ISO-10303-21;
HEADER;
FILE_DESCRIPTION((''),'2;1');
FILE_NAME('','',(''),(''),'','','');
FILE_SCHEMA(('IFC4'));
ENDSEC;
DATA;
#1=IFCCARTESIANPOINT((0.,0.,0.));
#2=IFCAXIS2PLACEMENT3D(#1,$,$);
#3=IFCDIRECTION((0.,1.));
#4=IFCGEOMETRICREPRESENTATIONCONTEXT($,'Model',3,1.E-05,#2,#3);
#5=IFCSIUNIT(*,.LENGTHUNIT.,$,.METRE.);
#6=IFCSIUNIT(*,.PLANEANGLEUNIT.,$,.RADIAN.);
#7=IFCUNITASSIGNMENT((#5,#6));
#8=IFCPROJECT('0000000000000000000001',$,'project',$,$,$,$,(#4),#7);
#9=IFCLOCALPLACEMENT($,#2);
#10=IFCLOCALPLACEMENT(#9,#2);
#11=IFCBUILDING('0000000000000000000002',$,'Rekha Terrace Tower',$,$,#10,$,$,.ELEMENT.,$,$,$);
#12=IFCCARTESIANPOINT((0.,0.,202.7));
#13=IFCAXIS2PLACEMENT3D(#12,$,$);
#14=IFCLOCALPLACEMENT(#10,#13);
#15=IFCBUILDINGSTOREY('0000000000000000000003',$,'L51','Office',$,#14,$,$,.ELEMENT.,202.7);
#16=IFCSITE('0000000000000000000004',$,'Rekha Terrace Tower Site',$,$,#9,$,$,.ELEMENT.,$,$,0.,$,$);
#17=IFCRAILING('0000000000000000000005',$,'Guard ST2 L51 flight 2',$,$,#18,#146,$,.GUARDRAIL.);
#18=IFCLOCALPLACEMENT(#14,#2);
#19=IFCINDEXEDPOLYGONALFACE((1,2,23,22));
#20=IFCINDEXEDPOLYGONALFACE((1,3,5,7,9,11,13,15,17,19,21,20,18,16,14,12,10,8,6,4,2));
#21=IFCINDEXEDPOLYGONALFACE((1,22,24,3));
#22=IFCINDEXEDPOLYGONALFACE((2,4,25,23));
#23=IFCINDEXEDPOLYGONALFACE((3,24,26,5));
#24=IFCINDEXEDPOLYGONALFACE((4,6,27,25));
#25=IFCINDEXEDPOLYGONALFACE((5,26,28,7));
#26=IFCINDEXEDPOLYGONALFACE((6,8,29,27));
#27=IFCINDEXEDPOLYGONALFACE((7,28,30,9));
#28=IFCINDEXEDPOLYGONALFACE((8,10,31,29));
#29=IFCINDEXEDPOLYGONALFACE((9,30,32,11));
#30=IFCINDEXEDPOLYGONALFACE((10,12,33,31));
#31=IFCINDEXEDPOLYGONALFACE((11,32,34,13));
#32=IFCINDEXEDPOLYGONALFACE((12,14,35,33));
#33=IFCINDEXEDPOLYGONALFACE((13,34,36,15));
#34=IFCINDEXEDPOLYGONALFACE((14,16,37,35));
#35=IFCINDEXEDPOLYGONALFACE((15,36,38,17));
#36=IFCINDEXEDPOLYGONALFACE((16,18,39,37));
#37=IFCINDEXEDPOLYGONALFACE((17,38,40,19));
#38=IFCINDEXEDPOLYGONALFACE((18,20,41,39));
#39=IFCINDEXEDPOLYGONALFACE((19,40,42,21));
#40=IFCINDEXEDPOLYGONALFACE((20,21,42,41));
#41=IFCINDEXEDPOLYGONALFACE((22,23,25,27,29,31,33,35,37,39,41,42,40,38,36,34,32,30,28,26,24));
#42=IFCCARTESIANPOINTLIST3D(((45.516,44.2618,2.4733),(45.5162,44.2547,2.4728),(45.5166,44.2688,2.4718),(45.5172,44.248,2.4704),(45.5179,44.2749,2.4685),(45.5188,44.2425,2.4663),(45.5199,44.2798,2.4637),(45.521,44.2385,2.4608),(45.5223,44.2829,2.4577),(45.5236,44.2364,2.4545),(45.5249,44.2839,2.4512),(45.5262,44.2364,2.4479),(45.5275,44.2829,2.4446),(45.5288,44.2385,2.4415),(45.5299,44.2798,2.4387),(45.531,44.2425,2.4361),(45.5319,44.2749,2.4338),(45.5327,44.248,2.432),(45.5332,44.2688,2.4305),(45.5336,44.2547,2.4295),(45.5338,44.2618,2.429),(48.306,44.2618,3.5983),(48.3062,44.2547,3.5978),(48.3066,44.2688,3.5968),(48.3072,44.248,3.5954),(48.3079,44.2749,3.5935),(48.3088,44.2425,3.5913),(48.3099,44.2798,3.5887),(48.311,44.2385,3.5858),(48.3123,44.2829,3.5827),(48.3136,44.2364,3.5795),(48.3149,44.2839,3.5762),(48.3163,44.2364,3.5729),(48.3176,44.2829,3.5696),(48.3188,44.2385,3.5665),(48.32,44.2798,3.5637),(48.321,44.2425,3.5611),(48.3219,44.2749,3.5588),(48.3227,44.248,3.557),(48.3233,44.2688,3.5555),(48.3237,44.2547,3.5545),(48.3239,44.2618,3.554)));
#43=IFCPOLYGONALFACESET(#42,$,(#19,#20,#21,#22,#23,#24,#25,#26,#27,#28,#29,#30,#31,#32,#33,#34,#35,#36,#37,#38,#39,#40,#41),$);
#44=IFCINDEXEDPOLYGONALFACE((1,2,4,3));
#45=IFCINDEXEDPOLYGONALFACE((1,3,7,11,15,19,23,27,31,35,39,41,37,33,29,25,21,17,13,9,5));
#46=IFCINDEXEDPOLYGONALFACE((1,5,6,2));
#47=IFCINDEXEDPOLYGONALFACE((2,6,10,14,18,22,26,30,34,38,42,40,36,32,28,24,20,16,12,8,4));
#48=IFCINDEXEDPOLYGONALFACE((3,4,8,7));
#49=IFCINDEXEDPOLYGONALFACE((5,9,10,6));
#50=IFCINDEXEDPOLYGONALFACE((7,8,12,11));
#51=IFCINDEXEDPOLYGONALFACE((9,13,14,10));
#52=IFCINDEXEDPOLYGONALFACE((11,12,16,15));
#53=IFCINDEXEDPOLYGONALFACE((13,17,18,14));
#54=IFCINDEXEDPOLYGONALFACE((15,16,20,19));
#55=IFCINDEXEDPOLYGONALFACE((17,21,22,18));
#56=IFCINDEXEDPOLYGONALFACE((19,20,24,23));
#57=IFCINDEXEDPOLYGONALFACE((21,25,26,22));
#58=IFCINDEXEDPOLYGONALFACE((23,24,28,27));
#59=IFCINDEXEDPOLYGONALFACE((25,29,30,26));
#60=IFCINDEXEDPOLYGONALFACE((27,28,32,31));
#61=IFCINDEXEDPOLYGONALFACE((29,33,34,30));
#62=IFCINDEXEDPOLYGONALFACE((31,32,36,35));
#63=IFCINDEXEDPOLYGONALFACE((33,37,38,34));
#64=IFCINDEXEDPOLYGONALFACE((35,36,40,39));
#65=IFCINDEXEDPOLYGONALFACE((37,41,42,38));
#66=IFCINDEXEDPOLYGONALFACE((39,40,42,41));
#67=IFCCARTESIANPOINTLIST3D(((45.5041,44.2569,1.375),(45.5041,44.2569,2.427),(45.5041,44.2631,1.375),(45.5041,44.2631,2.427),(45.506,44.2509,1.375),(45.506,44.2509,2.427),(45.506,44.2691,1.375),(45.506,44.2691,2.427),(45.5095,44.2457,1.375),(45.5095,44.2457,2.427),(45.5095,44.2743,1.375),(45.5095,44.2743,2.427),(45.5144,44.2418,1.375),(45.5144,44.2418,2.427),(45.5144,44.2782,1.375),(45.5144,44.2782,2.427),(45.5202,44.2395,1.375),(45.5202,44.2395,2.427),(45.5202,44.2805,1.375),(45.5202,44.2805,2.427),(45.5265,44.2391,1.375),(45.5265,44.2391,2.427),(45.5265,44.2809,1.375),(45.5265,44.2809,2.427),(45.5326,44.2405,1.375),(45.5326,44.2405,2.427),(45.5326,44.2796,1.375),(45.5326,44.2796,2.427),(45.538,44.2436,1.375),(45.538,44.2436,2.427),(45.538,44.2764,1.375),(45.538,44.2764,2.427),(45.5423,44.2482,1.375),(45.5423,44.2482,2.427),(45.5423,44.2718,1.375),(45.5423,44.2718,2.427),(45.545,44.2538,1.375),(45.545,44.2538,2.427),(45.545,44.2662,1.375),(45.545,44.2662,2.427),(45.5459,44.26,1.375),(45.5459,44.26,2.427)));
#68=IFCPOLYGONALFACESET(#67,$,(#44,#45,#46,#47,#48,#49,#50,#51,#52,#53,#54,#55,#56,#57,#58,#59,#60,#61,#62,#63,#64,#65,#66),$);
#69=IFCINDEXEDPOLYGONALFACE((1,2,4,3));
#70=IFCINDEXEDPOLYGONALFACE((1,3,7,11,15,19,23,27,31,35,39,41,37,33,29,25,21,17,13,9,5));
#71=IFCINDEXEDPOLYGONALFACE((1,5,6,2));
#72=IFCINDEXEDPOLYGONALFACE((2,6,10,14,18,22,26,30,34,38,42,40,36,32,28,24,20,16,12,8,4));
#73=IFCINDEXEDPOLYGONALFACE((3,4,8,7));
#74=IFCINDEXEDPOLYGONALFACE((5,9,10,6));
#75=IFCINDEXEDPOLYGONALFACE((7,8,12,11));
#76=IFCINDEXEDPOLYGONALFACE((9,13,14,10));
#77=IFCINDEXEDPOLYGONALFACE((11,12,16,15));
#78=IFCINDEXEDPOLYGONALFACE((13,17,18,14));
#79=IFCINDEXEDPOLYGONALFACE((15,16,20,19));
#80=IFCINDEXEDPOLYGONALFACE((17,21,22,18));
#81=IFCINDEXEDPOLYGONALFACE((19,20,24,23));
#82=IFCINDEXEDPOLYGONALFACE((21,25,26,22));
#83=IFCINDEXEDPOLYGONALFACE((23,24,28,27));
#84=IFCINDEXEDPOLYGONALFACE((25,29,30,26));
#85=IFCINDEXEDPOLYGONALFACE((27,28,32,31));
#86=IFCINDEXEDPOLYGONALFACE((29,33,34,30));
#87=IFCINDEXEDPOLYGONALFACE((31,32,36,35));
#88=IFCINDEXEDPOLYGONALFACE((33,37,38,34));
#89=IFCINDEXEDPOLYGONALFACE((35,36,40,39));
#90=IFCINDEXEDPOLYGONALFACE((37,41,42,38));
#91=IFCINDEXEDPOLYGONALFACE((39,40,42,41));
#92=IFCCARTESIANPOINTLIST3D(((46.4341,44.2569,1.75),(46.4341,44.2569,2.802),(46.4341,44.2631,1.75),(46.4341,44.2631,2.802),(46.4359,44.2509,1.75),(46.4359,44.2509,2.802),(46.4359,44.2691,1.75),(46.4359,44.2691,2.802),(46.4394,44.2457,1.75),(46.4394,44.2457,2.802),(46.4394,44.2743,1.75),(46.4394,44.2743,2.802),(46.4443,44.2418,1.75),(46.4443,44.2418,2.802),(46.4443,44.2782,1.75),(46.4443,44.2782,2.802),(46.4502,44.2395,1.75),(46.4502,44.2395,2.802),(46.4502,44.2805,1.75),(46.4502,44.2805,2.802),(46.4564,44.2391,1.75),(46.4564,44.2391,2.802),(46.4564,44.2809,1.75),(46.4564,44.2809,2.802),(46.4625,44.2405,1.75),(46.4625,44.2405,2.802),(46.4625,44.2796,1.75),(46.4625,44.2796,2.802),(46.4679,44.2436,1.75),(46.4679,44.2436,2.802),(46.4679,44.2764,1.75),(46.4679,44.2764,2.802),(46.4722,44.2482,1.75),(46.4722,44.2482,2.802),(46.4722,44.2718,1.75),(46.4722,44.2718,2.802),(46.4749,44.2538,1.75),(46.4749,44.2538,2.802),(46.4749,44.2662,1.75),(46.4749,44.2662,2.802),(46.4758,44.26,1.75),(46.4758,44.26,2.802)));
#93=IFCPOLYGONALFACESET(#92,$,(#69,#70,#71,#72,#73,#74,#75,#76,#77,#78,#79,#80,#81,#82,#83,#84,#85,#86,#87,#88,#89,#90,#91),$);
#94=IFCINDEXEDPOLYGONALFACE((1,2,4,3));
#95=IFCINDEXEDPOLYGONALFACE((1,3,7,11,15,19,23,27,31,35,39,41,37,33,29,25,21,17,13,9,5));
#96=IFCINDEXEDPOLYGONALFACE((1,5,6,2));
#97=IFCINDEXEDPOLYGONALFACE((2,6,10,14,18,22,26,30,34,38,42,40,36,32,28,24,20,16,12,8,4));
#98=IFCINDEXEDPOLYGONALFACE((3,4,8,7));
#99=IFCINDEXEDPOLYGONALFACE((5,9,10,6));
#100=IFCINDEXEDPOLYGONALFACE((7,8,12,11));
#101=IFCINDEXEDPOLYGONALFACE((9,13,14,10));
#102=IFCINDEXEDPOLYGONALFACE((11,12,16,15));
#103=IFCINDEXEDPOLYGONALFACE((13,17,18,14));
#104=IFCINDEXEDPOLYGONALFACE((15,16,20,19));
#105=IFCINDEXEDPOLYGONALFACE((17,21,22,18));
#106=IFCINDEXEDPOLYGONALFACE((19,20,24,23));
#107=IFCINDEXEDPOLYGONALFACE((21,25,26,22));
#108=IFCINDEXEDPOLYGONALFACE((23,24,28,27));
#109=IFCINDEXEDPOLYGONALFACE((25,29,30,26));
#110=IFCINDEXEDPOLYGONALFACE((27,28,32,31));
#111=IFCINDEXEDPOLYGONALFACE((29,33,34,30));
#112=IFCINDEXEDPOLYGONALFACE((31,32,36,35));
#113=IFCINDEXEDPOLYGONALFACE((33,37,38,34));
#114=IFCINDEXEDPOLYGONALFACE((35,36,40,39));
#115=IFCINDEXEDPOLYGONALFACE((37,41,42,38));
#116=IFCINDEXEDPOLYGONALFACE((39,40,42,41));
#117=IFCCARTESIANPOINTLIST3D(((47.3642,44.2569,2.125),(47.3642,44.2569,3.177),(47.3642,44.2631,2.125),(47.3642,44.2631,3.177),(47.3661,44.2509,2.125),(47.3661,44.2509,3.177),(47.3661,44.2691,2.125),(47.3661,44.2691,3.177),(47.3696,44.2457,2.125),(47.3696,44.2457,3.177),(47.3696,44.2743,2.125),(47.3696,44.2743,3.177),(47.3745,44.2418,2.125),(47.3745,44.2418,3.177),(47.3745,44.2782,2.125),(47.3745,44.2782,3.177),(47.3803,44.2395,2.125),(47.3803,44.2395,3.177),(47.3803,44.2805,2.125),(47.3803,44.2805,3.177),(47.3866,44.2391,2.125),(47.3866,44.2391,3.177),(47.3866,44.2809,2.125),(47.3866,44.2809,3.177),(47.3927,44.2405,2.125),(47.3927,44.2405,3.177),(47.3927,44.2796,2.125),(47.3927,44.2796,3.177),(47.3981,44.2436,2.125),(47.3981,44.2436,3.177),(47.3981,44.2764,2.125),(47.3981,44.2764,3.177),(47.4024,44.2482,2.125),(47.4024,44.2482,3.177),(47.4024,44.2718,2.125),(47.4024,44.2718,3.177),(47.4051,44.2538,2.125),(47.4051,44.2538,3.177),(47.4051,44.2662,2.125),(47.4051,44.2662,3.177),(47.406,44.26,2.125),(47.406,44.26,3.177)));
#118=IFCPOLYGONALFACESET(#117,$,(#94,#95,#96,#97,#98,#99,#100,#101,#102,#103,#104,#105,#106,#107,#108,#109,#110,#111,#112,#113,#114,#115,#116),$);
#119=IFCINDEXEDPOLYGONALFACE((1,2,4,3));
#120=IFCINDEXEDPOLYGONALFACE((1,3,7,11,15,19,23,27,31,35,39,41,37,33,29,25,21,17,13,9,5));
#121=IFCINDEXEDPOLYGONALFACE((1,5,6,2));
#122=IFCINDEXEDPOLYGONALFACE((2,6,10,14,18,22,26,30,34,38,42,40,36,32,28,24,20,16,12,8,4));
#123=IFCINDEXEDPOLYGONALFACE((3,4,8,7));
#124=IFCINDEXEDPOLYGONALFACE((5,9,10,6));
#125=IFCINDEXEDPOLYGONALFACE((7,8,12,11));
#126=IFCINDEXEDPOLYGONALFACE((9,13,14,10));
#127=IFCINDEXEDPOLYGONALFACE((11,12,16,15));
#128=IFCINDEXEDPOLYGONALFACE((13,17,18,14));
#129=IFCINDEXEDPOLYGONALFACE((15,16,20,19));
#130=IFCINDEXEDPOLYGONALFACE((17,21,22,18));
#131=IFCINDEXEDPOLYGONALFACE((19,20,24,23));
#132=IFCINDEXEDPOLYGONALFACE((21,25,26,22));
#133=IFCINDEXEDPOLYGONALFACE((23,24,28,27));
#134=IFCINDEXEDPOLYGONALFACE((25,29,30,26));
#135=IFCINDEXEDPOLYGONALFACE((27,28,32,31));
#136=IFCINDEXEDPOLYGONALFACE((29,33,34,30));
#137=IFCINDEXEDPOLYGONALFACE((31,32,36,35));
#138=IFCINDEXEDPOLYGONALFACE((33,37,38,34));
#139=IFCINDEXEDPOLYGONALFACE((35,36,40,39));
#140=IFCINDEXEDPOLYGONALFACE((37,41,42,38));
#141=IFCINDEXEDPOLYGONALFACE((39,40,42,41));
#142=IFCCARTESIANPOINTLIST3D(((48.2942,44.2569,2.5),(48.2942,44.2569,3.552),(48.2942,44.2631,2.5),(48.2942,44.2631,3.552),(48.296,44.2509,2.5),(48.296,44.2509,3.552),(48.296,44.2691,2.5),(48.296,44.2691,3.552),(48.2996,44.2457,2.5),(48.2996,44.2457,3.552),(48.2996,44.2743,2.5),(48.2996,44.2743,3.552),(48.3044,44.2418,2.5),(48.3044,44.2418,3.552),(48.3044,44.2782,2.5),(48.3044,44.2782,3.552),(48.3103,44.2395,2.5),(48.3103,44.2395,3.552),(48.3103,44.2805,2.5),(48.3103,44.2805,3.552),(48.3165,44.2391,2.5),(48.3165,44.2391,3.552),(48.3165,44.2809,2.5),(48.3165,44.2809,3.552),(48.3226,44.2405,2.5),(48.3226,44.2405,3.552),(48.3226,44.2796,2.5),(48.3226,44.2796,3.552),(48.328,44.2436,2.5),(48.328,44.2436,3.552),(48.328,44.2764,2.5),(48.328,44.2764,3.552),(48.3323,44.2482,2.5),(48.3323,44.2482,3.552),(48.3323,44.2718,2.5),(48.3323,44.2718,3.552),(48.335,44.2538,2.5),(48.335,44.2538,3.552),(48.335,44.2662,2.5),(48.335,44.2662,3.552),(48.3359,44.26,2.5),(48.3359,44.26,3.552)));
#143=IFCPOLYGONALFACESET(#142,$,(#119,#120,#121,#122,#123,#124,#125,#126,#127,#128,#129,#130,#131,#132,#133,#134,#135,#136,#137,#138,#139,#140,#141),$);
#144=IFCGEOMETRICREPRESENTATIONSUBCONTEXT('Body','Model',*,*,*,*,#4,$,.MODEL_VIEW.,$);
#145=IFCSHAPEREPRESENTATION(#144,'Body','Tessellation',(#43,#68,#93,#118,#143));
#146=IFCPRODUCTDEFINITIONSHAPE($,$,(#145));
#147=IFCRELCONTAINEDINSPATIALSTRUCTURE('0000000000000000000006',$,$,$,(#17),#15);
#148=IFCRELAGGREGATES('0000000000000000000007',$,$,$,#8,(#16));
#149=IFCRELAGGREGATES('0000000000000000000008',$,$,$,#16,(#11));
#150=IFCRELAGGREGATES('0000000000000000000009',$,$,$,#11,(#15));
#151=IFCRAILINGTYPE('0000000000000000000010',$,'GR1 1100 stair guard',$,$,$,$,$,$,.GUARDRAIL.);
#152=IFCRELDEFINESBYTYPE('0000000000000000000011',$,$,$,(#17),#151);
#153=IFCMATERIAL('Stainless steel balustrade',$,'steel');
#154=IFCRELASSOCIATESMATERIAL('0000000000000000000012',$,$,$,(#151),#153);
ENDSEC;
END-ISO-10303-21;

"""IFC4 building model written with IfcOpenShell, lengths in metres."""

from ifc_helpers import new_model, si_unit, direction, frame, origin, origin_2d, place, context, subcontext, project, spatial, circle, extrude, material, type_object, element, save


model = new_model("IFC4")

# Units and contexts
model_context = context("Model", 3, precision=1e-05, world=origin(), true_north=direction((0.0, 1.0)))
body_context = subcontext(model_context, "Body", "Model", "MODEL_VIEW")
ifc_project = project(units=[si_unit("LENGTHUNIT", "METRE"), si_unit("PLANEANGLEUNIT", "RADIAN")], contexts=[model_context])

# Site, building, storey
site_placement = place(None, origin())
site = spatial("IfcSite", under=ifc_project, at=site_placement, Name="Rekha Terrace Tower Site", CompositionType="ELEMENT", RefElevation=0.0)
building_placement = place(site_placement, origin())
building = spatial("IfcBuilding", under=site, at=building_placement, Name="Rekha Terrace Tower", CompositionType="ELEMENT")
storey_placement = place(building_placement, frame((0.0, 0.0, 202.7)))
storey = spatial("IfcBuildingStorey", under=building, at=storey_placement, Name="L51", Description="Office", CompositionType="ELEMENT", Elevation=202.7)

# Railing
ifc_material_1 = material(Name="Stainless steel balustrade", Category="steel")
railing_type_1 = type_object("IfcRailingType", Name="GR1 1100 stair guard", PredefinedType="GUARDRAIL", material=ifc_material_1)
railing_1_placement = place(storey_placement, frame((45.5249, 44.26, 1.375)))
element("IfcRailing", 1, at=railing_1_placement, inside=storey, type_object=railing_type_1, Name="Guard ST2 L51 flight 2", PredefinedType="GUARDRAIL", context=body_context, shape_type="SweptSolid", body=[
    extrude(circle(Radius=0.0239, at=origin_2d()), frame((0.0, 0.0, 1.0762), z_axis=(0.927443, 0.0, 0.373964), x_axis=(0.0, 1.0, 0.0)), (0.0, 0.0, 1.0), 3.0083),
    extrude(circle(Radius=0.021, at=origin_2d()), origin(), (0.0, 0.0, 1.0), 1.052),
    extrude(circle(Radius=0.021, at=origin_2d()), frame((0.9299, 0.0, 0.375)), (0.0, 0.0, 1.0), 1.052),
    extrude(circle(Radius=0.021, at=origin_2d()), frame((1.8601, 0.0, 0.75)), (0.0, 0.0, 1.0), 1.052),
    extrude(circle(Radius=0.021, at=origin_2d()), frame((2.79, 0.0, 1.125)), (0.0, 0.0, 1.0), 1.052),
])

save(model, "model.ifc")
